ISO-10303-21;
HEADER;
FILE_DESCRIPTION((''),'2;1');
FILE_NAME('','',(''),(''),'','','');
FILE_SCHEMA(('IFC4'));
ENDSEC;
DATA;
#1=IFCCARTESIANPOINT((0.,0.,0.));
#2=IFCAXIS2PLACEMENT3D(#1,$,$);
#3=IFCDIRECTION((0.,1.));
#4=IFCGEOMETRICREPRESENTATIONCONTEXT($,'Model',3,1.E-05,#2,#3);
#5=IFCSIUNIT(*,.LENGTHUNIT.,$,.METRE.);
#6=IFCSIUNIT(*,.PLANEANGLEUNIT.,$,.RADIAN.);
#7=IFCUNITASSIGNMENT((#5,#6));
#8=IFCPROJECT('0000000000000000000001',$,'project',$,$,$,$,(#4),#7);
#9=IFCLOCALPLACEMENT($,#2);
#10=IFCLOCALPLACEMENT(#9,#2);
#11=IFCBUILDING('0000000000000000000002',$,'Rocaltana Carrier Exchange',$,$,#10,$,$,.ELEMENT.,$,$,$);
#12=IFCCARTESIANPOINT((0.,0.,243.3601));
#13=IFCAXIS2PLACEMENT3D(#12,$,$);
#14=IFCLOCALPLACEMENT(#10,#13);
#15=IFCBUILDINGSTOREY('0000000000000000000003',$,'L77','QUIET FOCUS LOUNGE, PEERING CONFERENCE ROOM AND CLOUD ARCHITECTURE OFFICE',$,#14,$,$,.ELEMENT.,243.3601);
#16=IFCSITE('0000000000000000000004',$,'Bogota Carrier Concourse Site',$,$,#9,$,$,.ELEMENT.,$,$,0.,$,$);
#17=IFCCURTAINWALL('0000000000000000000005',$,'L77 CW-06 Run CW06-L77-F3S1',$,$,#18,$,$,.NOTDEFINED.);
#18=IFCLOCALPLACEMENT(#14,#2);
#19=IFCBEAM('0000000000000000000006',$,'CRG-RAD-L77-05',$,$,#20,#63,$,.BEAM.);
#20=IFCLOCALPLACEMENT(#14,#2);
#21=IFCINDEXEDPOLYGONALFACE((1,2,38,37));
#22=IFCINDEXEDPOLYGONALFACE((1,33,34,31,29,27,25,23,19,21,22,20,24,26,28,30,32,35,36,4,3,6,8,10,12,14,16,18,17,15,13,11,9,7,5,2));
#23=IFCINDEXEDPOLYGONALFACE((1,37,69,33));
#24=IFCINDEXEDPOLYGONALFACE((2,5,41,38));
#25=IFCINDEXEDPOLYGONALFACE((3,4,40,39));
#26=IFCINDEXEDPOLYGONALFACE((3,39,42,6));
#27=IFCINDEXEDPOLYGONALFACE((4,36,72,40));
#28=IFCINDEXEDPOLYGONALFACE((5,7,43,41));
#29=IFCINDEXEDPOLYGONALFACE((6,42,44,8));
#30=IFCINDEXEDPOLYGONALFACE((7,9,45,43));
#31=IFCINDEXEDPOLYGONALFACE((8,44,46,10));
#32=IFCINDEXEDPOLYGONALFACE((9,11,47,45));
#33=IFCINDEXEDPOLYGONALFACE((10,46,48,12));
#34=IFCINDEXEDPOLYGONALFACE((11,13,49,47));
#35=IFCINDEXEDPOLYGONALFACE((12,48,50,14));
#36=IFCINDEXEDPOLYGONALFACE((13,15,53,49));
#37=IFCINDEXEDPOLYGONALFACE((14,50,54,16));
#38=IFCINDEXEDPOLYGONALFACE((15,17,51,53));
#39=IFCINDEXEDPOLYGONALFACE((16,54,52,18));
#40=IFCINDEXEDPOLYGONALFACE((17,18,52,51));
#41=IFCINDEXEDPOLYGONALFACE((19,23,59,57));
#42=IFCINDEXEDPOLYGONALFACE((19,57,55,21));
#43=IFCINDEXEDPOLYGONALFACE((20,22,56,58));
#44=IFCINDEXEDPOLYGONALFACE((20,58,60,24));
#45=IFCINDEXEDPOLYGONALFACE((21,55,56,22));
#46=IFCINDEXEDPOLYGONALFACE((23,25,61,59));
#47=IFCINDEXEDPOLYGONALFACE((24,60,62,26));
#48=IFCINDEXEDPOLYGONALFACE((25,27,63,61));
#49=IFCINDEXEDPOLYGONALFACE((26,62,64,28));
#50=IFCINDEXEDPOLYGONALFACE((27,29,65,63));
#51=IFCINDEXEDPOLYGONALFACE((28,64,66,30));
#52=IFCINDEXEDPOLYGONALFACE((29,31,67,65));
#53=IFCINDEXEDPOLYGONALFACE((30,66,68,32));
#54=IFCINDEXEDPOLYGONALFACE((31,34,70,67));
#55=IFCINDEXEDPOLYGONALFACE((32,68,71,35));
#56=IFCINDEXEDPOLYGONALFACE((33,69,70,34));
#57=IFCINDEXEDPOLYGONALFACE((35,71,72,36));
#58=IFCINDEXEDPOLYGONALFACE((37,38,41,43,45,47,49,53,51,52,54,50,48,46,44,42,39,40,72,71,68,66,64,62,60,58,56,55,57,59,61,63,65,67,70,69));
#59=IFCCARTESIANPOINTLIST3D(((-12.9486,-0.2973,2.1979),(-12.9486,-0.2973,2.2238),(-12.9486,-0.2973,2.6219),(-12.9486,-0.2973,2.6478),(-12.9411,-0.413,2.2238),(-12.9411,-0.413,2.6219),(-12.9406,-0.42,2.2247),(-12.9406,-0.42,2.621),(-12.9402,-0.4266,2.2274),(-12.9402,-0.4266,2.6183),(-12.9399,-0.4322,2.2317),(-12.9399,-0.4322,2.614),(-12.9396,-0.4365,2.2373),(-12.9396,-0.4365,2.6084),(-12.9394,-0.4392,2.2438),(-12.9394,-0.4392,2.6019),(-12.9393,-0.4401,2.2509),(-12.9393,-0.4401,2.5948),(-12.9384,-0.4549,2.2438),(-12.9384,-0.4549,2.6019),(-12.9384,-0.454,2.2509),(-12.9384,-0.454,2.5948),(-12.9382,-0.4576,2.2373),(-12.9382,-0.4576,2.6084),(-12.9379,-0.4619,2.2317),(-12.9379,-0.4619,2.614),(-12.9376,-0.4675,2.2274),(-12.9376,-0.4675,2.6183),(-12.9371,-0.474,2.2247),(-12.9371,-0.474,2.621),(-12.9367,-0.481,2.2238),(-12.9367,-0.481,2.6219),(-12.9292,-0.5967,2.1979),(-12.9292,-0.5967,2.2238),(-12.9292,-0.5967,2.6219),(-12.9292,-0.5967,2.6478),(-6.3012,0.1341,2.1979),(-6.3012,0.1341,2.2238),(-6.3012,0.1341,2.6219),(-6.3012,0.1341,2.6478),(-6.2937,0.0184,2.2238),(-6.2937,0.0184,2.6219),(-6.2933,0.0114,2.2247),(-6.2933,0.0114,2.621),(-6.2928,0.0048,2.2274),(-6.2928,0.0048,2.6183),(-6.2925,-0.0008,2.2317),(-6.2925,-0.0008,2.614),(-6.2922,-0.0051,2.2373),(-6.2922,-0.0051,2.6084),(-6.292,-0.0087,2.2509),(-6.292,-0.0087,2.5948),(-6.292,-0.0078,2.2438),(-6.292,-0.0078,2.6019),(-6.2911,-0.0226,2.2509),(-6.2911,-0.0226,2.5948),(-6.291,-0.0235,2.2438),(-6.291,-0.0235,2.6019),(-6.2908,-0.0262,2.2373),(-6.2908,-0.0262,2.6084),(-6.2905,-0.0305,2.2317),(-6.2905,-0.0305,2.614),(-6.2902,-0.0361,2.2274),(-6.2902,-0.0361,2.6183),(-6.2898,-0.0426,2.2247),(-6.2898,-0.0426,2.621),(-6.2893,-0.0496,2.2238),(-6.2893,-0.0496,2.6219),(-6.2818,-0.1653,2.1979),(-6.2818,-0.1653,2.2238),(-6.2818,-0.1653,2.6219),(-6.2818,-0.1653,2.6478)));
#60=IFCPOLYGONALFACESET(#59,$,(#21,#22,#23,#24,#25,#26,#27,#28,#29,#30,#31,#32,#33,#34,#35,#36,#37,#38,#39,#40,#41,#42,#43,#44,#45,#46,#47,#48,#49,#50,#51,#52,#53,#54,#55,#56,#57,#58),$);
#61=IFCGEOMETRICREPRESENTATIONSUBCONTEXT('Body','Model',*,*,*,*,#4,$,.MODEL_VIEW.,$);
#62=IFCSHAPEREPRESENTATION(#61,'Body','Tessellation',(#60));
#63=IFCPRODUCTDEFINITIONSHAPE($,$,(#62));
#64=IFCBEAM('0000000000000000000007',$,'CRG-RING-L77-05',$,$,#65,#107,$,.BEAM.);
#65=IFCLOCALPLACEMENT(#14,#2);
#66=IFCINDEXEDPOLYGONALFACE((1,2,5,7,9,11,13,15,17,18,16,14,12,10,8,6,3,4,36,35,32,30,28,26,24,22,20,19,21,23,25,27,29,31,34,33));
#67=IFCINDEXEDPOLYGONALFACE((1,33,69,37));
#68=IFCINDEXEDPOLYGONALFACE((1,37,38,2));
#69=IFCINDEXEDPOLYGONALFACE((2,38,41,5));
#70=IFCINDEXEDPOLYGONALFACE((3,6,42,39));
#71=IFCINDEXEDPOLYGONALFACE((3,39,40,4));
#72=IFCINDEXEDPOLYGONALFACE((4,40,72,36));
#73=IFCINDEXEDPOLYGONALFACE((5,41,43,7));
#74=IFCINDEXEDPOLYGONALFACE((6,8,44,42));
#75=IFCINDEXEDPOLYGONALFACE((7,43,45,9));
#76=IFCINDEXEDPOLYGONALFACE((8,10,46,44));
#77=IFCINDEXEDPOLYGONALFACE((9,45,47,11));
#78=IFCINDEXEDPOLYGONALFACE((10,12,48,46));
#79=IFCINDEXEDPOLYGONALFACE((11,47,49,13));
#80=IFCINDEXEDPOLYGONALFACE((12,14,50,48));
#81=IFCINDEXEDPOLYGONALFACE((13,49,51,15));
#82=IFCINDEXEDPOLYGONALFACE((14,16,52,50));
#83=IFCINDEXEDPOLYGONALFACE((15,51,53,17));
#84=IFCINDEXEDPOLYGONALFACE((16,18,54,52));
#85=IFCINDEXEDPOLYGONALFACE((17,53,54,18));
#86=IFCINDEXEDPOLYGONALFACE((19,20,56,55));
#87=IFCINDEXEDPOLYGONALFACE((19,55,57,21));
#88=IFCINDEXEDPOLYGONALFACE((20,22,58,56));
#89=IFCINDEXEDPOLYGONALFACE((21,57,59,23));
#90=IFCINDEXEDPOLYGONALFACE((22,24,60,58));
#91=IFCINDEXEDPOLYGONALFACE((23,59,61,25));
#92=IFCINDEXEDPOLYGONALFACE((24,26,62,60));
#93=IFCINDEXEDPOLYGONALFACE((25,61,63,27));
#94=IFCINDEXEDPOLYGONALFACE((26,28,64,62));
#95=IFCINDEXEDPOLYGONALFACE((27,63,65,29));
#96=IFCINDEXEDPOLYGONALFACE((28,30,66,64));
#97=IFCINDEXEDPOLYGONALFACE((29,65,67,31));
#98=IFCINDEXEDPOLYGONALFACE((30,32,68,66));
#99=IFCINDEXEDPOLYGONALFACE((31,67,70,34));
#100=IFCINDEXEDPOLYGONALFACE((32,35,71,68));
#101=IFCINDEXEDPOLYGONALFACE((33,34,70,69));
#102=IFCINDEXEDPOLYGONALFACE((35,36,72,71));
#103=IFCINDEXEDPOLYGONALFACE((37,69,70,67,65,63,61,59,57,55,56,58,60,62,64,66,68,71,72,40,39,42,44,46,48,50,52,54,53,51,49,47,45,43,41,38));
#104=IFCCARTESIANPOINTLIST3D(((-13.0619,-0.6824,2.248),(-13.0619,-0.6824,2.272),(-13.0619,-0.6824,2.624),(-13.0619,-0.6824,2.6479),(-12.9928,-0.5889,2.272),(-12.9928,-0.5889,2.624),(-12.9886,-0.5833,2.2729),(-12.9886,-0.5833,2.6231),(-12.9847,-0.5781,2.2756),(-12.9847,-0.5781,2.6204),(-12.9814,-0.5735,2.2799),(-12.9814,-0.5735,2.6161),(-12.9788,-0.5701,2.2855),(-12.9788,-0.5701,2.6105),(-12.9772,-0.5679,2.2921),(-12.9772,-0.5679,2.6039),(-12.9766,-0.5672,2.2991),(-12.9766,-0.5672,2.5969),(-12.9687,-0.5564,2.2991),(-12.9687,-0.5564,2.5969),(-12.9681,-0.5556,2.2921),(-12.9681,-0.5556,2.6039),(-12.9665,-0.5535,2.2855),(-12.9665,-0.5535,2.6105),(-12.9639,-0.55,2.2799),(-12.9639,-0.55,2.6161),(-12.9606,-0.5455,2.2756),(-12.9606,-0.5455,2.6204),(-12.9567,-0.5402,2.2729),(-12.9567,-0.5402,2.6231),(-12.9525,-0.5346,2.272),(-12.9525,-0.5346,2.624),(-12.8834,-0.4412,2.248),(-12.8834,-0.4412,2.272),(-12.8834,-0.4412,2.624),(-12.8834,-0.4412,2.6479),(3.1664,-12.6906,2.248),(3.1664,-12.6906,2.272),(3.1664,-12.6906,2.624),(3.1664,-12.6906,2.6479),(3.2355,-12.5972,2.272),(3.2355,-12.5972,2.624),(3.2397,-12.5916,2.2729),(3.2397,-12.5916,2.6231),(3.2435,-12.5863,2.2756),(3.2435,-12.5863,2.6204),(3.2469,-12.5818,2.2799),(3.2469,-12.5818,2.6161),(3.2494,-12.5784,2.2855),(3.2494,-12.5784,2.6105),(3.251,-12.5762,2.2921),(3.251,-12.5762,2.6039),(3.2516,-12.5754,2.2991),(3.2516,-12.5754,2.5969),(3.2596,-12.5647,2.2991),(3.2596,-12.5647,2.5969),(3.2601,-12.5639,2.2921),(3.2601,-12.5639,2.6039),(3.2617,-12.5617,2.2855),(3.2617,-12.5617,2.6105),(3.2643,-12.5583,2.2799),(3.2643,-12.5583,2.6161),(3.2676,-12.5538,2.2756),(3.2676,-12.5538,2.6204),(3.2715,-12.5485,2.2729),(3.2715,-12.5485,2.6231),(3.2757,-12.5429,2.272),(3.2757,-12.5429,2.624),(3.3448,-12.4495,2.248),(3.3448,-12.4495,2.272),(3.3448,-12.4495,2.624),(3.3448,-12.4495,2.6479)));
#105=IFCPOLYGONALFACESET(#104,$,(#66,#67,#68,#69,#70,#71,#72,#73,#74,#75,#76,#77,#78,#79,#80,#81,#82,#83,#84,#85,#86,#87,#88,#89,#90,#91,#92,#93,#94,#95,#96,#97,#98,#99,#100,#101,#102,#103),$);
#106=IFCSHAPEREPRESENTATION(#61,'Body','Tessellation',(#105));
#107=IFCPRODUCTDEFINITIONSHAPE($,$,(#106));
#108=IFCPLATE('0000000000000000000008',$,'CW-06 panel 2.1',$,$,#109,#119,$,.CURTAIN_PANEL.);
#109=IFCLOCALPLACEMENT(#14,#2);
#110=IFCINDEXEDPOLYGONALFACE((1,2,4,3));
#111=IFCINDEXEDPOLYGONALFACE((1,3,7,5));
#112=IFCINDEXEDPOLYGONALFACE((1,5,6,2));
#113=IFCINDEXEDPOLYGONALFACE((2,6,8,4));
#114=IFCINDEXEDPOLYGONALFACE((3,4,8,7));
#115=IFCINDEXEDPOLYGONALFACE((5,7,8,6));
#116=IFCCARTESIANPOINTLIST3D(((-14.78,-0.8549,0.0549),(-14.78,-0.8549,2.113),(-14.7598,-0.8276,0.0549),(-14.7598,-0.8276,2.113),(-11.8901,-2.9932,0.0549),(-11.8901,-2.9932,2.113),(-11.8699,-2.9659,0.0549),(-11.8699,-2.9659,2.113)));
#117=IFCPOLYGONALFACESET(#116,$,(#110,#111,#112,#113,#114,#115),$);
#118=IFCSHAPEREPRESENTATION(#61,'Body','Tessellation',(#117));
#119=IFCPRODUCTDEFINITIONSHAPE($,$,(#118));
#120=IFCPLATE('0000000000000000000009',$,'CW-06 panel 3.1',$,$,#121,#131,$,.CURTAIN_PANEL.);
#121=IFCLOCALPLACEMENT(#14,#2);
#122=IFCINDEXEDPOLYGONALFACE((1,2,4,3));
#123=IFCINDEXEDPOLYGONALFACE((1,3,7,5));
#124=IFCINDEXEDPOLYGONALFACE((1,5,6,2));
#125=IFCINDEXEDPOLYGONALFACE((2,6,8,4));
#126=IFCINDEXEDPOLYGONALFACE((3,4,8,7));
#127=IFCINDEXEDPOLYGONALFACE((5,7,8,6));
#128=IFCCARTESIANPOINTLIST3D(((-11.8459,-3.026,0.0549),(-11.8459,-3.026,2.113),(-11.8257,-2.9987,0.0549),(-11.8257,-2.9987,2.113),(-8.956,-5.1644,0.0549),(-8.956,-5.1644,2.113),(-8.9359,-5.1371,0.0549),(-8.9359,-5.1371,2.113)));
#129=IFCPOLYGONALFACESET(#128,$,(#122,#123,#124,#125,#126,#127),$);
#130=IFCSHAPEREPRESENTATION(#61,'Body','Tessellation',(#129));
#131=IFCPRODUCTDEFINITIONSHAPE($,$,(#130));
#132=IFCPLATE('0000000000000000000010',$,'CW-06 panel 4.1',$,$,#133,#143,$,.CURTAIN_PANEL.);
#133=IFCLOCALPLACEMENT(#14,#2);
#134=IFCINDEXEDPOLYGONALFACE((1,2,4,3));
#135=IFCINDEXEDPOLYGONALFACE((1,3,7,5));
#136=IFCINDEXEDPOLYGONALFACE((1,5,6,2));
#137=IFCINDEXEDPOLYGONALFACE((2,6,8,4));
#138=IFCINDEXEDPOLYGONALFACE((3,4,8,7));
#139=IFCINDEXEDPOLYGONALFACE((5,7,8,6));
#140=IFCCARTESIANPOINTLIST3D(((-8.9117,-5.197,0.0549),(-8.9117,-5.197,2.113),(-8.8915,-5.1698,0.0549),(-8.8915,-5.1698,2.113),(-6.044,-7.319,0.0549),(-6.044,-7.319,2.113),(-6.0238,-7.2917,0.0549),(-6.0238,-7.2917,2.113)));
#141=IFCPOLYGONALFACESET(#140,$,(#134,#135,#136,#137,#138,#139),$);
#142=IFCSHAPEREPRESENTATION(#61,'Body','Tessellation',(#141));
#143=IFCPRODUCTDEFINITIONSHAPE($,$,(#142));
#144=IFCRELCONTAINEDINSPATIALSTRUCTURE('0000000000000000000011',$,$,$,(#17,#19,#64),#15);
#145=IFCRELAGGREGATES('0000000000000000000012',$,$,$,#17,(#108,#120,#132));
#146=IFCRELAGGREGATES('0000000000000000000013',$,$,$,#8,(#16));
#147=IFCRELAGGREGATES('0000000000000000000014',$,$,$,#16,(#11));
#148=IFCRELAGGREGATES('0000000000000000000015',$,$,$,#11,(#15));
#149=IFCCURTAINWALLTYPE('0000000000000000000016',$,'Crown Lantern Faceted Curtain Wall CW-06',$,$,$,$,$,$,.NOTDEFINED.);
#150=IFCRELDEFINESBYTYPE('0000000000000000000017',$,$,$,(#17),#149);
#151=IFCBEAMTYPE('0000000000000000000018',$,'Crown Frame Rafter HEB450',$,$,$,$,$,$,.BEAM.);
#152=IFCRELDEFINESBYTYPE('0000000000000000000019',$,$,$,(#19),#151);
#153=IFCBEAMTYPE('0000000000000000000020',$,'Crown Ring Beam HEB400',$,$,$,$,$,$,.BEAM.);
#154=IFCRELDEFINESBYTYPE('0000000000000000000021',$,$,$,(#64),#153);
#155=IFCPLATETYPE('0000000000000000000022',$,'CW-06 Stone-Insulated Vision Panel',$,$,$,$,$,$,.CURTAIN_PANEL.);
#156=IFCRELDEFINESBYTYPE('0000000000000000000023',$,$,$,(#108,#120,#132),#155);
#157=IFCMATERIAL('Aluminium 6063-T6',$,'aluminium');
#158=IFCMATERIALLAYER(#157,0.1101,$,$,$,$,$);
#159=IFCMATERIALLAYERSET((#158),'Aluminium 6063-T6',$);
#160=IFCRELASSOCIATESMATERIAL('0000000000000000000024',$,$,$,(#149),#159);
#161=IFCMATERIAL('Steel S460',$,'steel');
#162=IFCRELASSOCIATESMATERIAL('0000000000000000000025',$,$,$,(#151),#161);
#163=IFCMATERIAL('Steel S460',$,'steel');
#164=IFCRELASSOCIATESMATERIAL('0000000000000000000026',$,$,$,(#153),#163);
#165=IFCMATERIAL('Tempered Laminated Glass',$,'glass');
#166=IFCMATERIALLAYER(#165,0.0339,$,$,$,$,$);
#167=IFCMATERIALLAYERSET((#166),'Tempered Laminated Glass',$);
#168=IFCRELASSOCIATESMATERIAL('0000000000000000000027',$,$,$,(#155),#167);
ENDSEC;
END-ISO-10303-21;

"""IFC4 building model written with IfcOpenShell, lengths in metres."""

from ifc_helpers import new_model, si_unit, direction, frame, origin, origin_2d, place, context, subcontext, project, spatial, rectangle, i_section, extrude, material, layer, layer_set, material_profile, profile_set, type_object, element, aggregate, save


model = new_model("IFC4")

# Units and contexts
model_context = context("Model", 3, precision=1e-05, world=origin(), true_north=direction((0.0, 1.0)))
body_context = subcontext(model_context, "Body", "Model", "MODEL_VIEW")
ifc_project = project(units=[si_unit("LENGTHUNIT", "METRE"), si_unit("PLANEANGLEUNIT", "RADIAN")], contexts=[model_context])

# Site, building, storey
site_placement = place(None, origin())
site = spatial("IfcSite", under=ifc_project, at=site_placement, Name="Bogota Carrier Concourse Site", CompositionType="ELEMENT", RefElevation=0.0)
building_placement = place(site_placement, origin())
building = spatial("IfcBuilding", under=site, at=building_placement, Name="Rocaltana Carrier Exchange", CompositionType="ELEMENT")
storey_placement = place(building_placement, frame((0.0, 0.0, 243.3601)))
storey = spatial("IfcBuildingStorey", under=building, at=storey_placement, Name="L77", Description="QUIET FOCUS LOUNGE, PEERING CONFERENCE ROOM AND CLOUD ARCHITECTURE OFFICE", CompositionType="ELEMENT", Elevation=243.3601)

# Curtain wall
ifc_material_1 = material(Name="Aluminium 6063-T6", Category="aluminium")
ifc_layer_1 = layer(ifc_material_1, 0.1101)
ifc_layer_set_1 = layer_set([ifc_layer_1], Name="Aluminium 6063-T6")
curtain_wall_type = type_object("IfcCurtainWallType", Name="Crown Lantern Faceted Curtain Wall CW-06", PredefinedType="NOTDEFINED", material=ifc_layer_set_1)
curtain_wall_1_placement = place(storey_placement, origin())
curtain_wall_1 = element("IfcCurtainWall", 1, at=curtain_wall_1_placement, inside=storey, type_object=curtain_wall_type, Name="L77 CW-06 Run CW06-L77-F3S1", PredefinedType="NOTDEFINED")

# Beams
ifc_material_2 = material(Name="Steel S460", Category="steel")
ifc_material_profile_1 = material_profile(ifc_material_2, i_section(OverallWidth=0.3, OverallDepth=0.45, WebThickness=0.0139, FlangeThickness=0.0259, FilletRadius=0.0271, at=origin_2d()), Name="HEB450")
ifc_profile_set_1 = profile_set([ifc_material_profile_1], Name="Steel S460")
beam_type_1 = type_object("IfcBeamType", Name="Crown Frame Rafter HEB450", PredefinedType="BEAM", material=ifc_profile_set_1)
beam_1_placement = place(storey_placement, frame((-6.2915, -0.0156, 2.4229), z_axis=(-0.997901, -0.06476, 0.0), x_axis=(0.06476, -0.997901, 0.0)))
element("IfcBeam", 2, at=beam_1_placement, inside=storey, type_object=beam_type_1, Name="CRG-RAD-L77-05", PredefinedType="BEAM", context=body_context, shape_type="SweptSolid", body=[
    extrude(i_section(OverallWidth=0.3, OverallDepth=0.45, WebThickness=0.0139, FlangeThickness=0.0259, FilletRadius=0.0271, at=origin_2d()), origin(), (0.0, 0.0, 1.0), 6.6614),
])
ifc_material_3 = material(Name="Steel S460", Category="steel")
ifc_material_profile_2 = material_profile(ifc_material_3, i_section(OverallWidth=0.3, OverallDepth=0.3999, WebThickness=0.0134, FlangeThickness=0.0239, FilletRadius=0.0271, at=origin_2d()), Name="HEB400")
ifc_profile_set_2 = profile_set([ifc_material_profile_2], Name="Steel S460")
beam_type_2 = type_object("IfcBeamType", Name="Crown Ring Beam HEB400", PredefinedType="BEAM", material=ifc_profile_set_2)
beam_2_placement = place(storey_placement, frame((-12.9727, -0.5618, 2.448), z_axis=(0.803857, -0.594823, 0.0), x_axis=(0.594823, 0.803857, 0.0)))
element("IfcBeam", 3, at=beam_2_placement, inside=storey, type_object=beam_type_2, Name="CRG-RING-L77-05", PredefinedType="BEAM", context=body_context, shape_type="SweptSolid", body=[
    extrude(i_section(OverallWidth=0.3, OverallDepth=0.3999, WebThickness=0.0134, FlangeThickness=0.0239, FilletRadius=0.0271, at=origin_2d()), origin(), (0.0, 0.0, 1.0), 20.188),
])

# Plates
ifc_material_4 = material(Name="Tempered Laminated Glass", Category="glass")
ifc_layer_2 = layer(ifc_material_4, 0.0339)
ifc_layer_set_2 = layer_set([ifc_layer_2], Name="Tempered Laminated Glass")
plate_type = type_object("IfcPlateType", Name="CW-06 Stone-Insulated Vision Panel", PredefinedType="CURTAIN_PANEL", material=ifc_layer_set_2)
plate_1_placement = place(storey_placement, frame((-13.325, -1.9104, 0.0549), z_axis=(0.0, 0.0, 1.0), x_axis=(0.803857, -0.594823, 0.0)))
plate_1 = element("IfcPlate", 4, at=plate_1_placement, type_object=plate_type, Name="CW-06 panel 2.1", PredefinedType="CURTAIN_PANEL", context=body_context, shape_type="SweptSolid", body=[
    extrude(rectangle(XDim=3.595, YDim=0.0339, at=origin_2d()), origin(), (0.0, 0.0, 1.0), 2.0581),
])
plate_2_placement = place(storey_placement, frame((-10.3909, -4.0815, 0.0549), z_axis=(0.0, 0.0, 1.0), x_axis=(0.803857, -0.594823, 0.0)))
plate_2 = element("IfcPlate", 5, at=plate_2_placement, type_object=plate_type, Name="CW-06 panel 3.1", PredefinedType="CURTAIN_PANEL", context=body_context, shape_type="SweptSolid", body=[
    extrude(rectangle(XDim=3.595, YDim=0.0339, at=origin_2d()), origin(), (0.0, 0.0, 1.0), 2.0581),
])
plate_3_placement = place(storey_placement, frame((-7.4678, -6.2444, 0.0549), z_axis=(0.0, 0.0, 1.0), x_axis=(0.803857, -0.594823, 0.0)))
plate_3 = element("IfcPlate", 6, at=plate_3_placement, type_object=plate_type, Name="CW-06 panel 4.1", PredefinedType="CURTAIN_PANEL", context=body_context, shape_type="SweptSolid", body=[
    extrude(rectangle(XDim=3.5674, YDim=0.0339, at=origin_2d()), origin(), (0.0, 0.0, 1.0), 2.0581),
])
aggregate(curtain_wall_1, [plate_1, plate_2, plate_3])

save(model, "model.ifc")
